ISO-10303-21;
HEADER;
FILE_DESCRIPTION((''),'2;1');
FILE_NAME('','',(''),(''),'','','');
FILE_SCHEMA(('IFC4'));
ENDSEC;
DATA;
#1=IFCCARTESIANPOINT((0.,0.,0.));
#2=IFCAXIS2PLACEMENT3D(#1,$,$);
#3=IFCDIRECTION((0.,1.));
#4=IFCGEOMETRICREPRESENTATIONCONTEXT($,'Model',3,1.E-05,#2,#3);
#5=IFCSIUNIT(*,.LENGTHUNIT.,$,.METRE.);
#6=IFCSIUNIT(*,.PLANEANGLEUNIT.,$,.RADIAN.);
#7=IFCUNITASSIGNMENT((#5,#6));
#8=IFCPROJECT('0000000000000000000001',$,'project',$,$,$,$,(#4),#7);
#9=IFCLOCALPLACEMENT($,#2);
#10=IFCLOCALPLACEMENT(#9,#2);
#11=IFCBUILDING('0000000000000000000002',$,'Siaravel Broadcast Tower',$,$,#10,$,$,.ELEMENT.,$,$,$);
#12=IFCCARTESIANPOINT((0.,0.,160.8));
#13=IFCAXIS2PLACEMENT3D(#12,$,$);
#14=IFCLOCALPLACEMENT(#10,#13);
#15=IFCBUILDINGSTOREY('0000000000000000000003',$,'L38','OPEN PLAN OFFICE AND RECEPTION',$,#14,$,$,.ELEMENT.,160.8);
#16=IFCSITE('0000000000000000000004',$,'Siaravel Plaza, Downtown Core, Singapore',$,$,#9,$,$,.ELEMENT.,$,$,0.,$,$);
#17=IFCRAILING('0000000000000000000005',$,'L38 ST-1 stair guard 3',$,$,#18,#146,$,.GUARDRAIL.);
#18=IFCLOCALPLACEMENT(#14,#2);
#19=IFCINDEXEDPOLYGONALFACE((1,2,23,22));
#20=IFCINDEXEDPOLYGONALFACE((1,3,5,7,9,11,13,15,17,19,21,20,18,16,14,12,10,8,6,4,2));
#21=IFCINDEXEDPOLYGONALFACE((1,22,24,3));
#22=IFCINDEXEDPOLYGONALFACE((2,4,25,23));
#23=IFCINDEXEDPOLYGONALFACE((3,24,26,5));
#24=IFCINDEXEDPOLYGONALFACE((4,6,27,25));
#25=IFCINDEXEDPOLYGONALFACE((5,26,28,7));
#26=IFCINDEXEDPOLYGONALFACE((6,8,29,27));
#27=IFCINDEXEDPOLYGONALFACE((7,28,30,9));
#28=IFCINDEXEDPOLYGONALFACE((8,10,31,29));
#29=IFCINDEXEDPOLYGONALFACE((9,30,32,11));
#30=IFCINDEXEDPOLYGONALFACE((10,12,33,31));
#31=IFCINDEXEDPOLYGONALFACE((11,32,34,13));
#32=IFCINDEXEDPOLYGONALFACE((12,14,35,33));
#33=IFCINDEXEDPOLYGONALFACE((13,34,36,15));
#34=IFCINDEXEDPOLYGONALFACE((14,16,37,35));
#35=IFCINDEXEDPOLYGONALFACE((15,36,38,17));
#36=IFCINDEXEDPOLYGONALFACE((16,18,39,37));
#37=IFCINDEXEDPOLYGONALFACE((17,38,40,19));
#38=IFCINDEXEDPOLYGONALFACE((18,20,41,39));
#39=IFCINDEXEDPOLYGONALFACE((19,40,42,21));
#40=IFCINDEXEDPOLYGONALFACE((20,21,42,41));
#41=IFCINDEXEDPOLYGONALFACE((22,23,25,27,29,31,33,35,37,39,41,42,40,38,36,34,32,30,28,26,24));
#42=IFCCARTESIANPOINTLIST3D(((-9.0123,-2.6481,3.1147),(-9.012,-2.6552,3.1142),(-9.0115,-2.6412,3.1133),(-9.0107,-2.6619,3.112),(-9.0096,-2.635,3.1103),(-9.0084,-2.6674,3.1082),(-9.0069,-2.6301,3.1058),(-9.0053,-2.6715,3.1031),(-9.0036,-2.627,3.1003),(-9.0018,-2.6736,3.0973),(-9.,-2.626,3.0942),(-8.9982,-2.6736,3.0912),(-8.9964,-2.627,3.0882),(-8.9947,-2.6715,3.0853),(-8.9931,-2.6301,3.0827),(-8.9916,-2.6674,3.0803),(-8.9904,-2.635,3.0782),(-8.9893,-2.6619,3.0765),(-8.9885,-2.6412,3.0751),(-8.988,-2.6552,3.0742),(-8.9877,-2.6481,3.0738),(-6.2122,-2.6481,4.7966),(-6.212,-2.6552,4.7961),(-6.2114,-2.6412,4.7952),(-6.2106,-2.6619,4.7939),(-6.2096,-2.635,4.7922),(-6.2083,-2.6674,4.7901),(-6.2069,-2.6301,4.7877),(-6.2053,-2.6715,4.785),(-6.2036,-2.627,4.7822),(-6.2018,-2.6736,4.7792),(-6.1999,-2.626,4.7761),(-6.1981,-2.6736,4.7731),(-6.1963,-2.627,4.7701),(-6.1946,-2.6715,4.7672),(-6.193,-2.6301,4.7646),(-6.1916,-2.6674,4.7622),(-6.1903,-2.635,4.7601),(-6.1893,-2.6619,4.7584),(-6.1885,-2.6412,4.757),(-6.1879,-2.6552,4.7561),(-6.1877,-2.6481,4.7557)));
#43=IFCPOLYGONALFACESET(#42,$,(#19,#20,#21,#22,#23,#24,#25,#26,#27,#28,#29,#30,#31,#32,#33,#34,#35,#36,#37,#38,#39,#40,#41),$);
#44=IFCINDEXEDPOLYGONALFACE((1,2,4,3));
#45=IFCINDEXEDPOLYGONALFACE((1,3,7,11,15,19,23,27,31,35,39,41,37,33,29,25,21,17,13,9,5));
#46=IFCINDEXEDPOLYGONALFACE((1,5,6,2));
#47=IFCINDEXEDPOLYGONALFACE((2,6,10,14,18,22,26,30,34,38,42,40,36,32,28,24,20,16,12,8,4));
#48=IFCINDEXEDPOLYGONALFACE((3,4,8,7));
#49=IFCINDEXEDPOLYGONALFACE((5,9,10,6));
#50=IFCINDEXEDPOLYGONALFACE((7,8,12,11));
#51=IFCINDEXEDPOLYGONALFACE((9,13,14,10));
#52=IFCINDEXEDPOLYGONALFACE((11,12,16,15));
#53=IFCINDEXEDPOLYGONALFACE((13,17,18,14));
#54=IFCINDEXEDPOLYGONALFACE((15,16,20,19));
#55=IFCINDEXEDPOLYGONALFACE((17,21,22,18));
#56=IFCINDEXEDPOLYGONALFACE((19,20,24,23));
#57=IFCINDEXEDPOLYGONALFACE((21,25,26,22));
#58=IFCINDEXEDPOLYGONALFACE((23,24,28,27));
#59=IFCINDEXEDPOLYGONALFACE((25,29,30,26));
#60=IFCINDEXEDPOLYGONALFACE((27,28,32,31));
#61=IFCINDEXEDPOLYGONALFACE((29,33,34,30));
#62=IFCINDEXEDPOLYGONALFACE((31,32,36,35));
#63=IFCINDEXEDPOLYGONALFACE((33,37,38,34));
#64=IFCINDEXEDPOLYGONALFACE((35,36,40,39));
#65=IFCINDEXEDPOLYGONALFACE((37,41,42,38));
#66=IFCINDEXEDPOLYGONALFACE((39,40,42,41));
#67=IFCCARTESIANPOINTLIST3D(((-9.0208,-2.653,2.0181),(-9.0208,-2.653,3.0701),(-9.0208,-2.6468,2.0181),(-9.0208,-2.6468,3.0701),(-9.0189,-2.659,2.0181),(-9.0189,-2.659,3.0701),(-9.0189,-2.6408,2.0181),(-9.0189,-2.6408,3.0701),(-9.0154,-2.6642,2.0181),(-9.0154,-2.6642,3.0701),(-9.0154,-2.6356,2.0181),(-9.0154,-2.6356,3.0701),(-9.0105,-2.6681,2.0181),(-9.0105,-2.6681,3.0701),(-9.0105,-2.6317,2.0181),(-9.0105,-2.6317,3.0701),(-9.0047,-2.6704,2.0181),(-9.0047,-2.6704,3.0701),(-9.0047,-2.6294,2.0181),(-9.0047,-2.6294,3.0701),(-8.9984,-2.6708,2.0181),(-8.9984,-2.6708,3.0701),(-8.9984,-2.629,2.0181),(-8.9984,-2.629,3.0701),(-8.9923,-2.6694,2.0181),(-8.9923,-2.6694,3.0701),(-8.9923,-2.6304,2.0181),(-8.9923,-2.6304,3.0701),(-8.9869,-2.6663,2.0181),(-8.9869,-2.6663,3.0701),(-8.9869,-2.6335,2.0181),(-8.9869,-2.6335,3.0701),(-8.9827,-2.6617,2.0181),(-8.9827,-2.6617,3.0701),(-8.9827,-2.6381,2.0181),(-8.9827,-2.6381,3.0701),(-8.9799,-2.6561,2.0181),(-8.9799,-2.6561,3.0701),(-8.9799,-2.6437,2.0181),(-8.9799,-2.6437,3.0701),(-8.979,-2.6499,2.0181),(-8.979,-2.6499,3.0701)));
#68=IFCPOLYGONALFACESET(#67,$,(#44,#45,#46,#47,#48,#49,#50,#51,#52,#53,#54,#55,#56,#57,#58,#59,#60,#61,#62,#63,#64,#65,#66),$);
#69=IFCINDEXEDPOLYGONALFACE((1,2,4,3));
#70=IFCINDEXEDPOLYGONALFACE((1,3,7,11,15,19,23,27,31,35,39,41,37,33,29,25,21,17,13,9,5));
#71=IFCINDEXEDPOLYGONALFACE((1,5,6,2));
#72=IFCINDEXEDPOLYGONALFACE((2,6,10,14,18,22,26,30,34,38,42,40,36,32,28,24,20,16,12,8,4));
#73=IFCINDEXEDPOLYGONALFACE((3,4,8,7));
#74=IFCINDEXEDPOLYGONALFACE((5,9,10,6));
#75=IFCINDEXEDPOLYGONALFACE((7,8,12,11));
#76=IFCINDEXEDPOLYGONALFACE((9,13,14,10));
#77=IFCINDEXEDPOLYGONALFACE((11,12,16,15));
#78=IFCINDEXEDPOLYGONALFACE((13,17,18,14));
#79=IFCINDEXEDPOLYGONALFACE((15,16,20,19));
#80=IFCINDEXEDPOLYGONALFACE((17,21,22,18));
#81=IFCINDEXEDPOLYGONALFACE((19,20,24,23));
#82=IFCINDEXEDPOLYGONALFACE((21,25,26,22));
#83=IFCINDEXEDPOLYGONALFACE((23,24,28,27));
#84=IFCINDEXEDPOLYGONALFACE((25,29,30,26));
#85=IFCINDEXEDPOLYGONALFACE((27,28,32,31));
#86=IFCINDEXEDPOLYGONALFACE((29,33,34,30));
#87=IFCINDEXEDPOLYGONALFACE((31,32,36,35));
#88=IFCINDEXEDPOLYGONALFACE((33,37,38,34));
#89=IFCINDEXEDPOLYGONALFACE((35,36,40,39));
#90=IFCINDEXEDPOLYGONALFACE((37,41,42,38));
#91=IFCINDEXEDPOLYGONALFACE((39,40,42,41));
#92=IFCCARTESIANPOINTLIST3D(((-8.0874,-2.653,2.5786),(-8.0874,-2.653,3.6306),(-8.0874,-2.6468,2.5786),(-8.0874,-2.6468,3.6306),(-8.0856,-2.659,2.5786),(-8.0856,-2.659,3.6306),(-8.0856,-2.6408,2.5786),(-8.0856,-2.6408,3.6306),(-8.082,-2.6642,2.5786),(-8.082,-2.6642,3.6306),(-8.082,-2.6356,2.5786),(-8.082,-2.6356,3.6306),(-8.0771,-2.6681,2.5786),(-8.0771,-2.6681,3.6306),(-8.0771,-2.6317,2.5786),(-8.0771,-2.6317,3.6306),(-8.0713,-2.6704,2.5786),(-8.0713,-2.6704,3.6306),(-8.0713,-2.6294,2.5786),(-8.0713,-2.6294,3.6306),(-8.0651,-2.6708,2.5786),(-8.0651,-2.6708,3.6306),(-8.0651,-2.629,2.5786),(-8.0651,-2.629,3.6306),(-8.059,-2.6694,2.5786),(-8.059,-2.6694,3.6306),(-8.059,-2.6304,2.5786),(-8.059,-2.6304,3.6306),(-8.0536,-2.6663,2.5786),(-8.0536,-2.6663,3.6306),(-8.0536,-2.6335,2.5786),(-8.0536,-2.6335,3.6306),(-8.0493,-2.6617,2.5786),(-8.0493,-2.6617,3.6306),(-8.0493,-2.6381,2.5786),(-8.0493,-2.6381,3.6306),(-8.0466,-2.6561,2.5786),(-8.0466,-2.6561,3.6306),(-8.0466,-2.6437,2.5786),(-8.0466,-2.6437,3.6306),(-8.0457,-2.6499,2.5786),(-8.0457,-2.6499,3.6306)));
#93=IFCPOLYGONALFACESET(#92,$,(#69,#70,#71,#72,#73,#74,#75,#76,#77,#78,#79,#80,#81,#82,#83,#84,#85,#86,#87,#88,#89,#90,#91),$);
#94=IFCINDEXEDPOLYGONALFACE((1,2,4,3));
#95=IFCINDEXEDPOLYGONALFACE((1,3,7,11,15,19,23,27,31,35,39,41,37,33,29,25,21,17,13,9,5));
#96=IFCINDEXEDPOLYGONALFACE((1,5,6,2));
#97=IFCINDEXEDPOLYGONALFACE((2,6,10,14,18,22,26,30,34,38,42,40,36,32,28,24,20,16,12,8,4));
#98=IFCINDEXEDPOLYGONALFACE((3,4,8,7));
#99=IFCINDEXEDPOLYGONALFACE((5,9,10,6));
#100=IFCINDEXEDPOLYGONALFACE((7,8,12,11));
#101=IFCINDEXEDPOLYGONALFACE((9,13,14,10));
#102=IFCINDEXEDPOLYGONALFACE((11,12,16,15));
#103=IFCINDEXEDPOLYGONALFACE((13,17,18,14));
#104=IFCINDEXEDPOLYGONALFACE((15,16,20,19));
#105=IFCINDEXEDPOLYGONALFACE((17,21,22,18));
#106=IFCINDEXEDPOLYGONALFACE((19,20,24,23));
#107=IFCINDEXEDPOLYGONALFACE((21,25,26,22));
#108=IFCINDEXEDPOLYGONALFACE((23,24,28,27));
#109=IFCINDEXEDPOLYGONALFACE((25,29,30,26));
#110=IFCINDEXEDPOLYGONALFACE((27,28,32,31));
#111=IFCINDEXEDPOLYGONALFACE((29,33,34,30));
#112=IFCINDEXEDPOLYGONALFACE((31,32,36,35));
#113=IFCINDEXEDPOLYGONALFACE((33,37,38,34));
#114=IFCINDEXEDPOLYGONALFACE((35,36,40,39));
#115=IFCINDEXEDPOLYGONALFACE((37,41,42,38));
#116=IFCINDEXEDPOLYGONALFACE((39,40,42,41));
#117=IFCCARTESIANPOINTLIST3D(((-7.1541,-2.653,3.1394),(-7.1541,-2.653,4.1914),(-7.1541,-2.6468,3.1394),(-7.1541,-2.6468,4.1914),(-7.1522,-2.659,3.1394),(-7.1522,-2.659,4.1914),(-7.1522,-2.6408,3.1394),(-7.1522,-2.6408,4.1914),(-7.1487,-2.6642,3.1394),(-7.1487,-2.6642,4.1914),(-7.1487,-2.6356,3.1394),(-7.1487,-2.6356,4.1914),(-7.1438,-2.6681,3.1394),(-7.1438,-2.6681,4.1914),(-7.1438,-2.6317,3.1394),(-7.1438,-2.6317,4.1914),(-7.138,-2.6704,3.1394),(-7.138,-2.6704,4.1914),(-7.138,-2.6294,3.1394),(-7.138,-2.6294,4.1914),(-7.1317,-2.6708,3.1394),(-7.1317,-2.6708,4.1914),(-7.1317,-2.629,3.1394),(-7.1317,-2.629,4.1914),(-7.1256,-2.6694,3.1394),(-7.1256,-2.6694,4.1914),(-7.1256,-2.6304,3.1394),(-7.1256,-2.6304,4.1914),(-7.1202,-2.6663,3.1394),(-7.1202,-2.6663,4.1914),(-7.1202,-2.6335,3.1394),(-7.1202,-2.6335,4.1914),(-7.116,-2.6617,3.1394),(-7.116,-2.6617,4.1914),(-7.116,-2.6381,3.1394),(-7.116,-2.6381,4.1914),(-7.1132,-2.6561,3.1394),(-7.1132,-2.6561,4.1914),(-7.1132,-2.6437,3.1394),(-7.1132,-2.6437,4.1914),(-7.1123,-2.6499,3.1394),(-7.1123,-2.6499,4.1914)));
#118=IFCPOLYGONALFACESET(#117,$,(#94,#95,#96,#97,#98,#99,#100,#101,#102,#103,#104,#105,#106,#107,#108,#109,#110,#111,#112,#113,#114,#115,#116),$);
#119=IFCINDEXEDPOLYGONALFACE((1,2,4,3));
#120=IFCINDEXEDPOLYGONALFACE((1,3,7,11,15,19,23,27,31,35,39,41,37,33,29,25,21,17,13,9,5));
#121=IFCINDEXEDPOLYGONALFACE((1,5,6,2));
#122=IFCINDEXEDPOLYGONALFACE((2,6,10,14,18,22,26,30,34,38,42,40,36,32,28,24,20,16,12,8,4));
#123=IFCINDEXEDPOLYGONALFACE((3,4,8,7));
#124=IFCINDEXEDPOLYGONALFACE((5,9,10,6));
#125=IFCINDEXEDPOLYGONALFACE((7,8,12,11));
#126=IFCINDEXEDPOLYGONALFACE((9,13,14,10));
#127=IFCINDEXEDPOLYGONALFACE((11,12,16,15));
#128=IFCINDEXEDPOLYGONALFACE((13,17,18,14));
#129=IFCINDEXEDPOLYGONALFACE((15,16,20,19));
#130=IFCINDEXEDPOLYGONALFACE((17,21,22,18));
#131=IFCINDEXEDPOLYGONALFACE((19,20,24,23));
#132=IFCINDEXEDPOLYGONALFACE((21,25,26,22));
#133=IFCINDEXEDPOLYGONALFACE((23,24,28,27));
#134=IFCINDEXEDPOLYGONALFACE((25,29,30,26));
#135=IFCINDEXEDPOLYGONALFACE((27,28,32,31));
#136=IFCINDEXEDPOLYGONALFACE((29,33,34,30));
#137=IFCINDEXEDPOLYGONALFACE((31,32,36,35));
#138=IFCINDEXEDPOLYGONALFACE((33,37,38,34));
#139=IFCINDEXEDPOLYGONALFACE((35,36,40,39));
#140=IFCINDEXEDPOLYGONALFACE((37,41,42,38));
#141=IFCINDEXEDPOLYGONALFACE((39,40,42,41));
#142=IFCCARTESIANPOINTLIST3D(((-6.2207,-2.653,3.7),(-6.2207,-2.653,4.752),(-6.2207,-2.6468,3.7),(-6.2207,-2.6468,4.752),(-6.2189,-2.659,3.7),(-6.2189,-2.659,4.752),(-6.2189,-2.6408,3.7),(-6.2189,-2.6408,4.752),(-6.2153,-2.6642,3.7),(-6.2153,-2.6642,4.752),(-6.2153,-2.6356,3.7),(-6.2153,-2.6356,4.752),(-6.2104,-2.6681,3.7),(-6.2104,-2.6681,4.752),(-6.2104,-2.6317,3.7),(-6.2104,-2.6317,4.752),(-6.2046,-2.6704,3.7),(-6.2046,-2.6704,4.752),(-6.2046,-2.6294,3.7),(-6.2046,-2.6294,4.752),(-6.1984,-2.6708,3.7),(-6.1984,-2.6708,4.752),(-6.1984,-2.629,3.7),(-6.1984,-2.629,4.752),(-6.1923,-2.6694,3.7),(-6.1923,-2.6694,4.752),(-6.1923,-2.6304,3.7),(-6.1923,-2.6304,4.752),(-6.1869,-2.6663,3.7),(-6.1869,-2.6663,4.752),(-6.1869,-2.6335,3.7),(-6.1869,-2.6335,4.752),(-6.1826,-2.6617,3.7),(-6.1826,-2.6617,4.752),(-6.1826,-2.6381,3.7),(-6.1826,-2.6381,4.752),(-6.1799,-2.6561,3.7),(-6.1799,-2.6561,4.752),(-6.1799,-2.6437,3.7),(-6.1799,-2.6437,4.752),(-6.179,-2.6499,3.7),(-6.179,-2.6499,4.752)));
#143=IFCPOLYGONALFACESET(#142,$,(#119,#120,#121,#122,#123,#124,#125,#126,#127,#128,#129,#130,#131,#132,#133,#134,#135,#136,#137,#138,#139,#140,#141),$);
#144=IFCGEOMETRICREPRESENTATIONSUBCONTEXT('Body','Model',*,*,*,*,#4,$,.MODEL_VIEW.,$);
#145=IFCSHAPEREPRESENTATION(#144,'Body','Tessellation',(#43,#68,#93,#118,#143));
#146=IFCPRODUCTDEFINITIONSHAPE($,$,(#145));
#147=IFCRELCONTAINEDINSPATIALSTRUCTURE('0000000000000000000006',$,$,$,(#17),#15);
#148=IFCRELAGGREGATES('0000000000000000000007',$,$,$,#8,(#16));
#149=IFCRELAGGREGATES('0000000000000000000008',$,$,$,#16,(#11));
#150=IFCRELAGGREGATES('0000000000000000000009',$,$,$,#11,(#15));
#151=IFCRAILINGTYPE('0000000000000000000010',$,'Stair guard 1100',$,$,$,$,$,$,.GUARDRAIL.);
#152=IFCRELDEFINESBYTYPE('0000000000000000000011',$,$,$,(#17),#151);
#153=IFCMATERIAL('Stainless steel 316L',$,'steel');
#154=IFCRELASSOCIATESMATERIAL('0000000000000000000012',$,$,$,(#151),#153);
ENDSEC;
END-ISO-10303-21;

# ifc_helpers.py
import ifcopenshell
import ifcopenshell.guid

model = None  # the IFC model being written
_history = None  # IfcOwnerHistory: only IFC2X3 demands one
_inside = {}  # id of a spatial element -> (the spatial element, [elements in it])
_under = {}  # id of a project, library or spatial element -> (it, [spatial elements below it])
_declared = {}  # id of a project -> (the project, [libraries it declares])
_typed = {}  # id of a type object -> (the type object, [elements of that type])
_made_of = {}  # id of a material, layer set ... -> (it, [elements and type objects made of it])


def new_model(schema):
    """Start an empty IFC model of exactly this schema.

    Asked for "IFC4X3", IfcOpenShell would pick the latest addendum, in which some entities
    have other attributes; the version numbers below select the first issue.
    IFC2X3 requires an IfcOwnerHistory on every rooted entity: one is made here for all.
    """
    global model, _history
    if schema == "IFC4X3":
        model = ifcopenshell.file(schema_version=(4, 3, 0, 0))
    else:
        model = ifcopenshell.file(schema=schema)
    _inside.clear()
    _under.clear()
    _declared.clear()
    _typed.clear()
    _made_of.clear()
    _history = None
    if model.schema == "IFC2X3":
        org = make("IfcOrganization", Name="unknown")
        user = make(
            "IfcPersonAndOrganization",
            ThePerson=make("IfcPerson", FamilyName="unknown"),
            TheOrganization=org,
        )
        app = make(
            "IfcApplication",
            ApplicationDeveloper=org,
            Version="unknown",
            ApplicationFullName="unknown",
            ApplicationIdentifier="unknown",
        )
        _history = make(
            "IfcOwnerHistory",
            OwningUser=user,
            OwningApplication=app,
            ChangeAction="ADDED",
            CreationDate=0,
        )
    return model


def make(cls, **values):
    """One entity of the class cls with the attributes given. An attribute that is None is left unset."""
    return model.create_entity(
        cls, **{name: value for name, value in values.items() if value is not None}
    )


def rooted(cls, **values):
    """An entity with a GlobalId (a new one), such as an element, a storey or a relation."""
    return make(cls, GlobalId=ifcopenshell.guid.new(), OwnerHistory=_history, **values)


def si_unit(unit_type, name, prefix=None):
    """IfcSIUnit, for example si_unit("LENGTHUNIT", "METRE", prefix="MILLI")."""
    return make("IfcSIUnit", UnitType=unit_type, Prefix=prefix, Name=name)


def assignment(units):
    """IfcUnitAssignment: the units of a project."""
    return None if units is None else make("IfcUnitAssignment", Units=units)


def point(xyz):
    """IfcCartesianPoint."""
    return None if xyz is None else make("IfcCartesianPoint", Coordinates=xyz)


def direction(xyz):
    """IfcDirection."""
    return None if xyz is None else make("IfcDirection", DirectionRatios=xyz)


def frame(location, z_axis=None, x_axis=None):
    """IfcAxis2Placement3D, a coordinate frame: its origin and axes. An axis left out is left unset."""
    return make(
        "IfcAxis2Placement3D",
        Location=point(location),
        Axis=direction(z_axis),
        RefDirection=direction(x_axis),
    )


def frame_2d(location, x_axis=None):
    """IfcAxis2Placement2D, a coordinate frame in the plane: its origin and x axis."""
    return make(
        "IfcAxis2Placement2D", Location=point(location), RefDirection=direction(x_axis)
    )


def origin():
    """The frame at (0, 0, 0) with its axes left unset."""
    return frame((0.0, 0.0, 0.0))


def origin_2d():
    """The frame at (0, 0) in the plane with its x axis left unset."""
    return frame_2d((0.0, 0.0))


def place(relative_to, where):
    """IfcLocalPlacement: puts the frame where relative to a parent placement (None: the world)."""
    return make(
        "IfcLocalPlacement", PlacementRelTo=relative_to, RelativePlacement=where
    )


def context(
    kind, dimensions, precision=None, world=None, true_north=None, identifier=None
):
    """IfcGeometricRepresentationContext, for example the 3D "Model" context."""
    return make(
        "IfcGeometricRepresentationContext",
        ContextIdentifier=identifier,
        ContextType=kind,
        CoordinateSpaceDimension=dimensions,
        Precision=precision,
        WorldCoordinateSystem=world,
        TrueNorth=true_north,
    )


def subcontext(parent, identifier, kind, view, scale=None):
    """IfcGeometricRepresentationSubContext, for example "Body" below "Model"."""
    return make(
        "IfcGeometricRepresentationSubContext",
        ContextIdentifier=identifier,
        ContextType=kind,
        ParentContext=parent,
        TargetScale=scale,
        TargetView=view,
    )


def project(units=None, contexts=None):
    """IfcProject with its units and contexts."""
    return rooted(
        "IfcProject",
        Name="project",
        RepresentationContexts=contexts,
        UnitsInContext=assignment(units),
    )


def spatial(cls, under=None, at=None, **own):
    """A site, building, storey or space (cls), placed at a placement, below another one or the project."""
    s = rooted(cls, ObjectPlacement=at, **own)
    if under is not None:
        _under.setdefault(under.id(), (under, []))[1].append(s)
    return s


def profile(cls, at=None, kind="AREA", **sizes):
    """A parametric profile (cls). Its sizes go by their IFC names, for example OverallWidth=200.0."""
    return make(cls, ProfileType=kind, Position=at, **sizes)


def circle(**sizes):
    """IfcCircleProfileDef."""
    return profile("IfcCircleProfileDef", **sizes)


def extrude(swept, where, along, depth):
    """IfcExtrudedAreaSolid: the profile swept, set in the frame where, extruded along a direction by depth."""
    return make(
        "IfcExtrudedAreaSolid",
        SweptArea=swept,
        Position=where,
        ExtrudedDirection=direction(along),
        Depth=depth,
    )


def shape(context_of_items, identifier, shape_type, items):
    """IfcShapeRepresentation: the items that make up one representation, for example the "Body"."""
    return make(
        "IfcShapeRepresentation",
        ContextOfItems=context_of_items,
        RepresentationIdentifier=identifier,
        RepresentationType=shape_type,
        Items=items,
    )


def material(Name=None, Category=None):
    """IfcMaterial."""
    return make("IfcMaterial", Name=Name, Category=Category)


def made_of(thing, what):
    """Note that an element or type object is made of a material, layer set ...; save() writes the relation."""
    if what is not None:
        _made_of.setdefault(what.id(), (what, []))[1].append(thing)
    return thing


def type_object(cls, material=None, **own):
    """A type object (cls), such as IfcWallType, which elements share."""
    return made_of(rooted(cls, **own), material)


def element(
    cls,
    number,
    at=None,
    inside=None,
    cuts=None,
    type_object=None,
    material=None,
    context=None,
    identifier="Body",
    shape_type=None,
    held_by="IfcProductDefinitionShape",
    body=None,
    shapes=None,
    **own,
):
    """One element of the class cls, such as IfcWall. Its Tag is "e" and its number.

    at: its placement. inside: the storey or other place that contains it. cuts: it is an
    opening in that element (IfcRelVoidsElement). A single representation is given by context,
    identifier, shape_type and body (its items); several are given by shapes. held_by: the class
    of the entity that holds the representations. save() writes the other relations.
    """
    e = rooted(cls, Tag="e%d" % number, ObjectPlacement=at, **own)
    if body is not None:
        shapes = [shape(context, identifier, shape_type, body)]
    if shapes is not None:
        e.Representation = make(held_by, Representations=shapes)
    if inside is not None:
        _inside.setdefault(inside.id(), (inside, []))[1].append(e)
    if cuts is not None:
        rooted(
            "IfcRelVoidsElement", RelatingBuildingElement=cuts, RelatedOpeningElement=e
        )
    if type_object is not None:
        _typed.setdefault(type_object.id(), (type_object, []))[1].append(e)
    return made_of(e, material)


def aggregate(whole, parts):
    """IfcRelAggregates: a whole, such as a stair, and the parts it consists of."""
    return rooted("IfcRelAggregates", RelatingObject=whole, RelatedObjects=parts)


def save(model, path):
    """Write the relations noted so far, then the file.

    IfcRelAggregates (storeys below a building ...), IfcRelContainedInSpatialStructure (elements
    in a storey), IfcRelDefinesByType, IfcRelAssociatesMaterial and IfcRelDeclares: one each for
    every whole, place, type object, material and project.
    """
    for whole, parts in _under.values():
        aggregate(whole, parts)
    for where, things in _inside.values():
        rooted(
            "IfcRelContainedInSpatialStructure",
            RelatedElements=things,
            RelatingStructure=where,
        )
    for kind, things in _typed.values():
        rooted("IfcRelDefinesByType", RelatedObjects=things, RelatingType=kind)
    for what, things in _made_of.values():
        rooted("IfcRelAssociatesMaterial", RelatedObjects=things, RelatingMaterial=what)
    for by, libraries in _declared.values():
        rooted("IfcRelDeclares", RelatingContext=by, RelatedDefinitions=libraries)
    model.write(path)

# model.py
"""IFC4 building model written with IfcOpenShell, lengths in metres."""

from ifc_helpers import new_model, si_unit, direction, frame, origin, origin_2d, place, context, subcontext, project, spatial, circle, extrude, material, type_object, element, save


model = new_model("IFC4")

# Units and contexts
model_context = context("Model", 3, precision=1e-05, world=origin(), true_north=direction((0.0, 1.0)))
body_context = subcontext(model_context, "Body", "Model", "MODEL_VIEW")
ifc_project = project(units=[si_unit("LENGTHUNIT", "METRE"), si_unit("PLANEANGLEUNIT", "RADIAN")], contexts=[model_context])

# Site, building, storey
site_placement = place(None, origin())
site = spatial("IfcSite", under=ifc_project, at=site_placement, Name="Siaravel Plaza, Downtown Core, Singapore", CompositionType="ELEMENT", RefElevation=0.0)
building_placement = place(site_placement, origin())
building = spatial("IfcBuilding", under=site, at=building_placement, Name="Siaravel Broadcast Tower", CompositionType="ELEMENT")
storey_placement = place(building_placement, frame((0.0, 0.0, 160.8)))
storey = spatial("IfcBuildingStorey", under=building, at=storey_placement, Name="L38", Description="OPEN PLAN OFFICE AND RECEPTION", CompositionType="ELEMENT", Elevation=160.8)

# Shared definitions
ifc_material_1 = material(Name="Stainless steel 316L", Category="steel")

# Railing
railing_type_1 = type_object("IfcRailingType", Name="Stair guard 1100", PredefinedType="GUARDRAIL", material=ifc_material_1)
railing_1_placement = place(storey_placement, frame((-9.0, -2.6499, 2.0181)))
element("IfcRailing", 1, at=railing_1_placement, inside=storey, type_object=railing_type_1, Name="L38 ST-1 stair guard 3", PredefinedType="GUARDRAIL", context=body_context, shape_type="SweptSolid", body=[
    extrude(circle(Radius=0.0239, at=origin_2d()), frame((0.0, 0.0, 1.0762), z_axis=(0.857242, 0.0, 0.514913), x_axis=(0.0, 1.0, 0.0)), (0.0, 0.0, 1.0), 3.2664),
    extrude(circle(Radius=0.021, at=origin_2d()), origin(), (0.0, 0.0, 1.0), 1.052),
    extrude(circle(Radius=0.021, at=origin_2d()), frame((0.9333, 0.0, 0.5605)), (0.0, 0.0, 1.0), 1.052),
    extrude(circle(Radius=0.021, at=origin_2d()), frame((1.8667, 0.0, 1.1213)), (0.0, 0.0, 1.0), 1.052),
    extrude(circle(Radius=0.021, at=origin_2d()), frame((2.8, 0.0, 1.6819)), (0.0, 0.0, 1.0), 1.052),
])

save(model, "model.ifc")
